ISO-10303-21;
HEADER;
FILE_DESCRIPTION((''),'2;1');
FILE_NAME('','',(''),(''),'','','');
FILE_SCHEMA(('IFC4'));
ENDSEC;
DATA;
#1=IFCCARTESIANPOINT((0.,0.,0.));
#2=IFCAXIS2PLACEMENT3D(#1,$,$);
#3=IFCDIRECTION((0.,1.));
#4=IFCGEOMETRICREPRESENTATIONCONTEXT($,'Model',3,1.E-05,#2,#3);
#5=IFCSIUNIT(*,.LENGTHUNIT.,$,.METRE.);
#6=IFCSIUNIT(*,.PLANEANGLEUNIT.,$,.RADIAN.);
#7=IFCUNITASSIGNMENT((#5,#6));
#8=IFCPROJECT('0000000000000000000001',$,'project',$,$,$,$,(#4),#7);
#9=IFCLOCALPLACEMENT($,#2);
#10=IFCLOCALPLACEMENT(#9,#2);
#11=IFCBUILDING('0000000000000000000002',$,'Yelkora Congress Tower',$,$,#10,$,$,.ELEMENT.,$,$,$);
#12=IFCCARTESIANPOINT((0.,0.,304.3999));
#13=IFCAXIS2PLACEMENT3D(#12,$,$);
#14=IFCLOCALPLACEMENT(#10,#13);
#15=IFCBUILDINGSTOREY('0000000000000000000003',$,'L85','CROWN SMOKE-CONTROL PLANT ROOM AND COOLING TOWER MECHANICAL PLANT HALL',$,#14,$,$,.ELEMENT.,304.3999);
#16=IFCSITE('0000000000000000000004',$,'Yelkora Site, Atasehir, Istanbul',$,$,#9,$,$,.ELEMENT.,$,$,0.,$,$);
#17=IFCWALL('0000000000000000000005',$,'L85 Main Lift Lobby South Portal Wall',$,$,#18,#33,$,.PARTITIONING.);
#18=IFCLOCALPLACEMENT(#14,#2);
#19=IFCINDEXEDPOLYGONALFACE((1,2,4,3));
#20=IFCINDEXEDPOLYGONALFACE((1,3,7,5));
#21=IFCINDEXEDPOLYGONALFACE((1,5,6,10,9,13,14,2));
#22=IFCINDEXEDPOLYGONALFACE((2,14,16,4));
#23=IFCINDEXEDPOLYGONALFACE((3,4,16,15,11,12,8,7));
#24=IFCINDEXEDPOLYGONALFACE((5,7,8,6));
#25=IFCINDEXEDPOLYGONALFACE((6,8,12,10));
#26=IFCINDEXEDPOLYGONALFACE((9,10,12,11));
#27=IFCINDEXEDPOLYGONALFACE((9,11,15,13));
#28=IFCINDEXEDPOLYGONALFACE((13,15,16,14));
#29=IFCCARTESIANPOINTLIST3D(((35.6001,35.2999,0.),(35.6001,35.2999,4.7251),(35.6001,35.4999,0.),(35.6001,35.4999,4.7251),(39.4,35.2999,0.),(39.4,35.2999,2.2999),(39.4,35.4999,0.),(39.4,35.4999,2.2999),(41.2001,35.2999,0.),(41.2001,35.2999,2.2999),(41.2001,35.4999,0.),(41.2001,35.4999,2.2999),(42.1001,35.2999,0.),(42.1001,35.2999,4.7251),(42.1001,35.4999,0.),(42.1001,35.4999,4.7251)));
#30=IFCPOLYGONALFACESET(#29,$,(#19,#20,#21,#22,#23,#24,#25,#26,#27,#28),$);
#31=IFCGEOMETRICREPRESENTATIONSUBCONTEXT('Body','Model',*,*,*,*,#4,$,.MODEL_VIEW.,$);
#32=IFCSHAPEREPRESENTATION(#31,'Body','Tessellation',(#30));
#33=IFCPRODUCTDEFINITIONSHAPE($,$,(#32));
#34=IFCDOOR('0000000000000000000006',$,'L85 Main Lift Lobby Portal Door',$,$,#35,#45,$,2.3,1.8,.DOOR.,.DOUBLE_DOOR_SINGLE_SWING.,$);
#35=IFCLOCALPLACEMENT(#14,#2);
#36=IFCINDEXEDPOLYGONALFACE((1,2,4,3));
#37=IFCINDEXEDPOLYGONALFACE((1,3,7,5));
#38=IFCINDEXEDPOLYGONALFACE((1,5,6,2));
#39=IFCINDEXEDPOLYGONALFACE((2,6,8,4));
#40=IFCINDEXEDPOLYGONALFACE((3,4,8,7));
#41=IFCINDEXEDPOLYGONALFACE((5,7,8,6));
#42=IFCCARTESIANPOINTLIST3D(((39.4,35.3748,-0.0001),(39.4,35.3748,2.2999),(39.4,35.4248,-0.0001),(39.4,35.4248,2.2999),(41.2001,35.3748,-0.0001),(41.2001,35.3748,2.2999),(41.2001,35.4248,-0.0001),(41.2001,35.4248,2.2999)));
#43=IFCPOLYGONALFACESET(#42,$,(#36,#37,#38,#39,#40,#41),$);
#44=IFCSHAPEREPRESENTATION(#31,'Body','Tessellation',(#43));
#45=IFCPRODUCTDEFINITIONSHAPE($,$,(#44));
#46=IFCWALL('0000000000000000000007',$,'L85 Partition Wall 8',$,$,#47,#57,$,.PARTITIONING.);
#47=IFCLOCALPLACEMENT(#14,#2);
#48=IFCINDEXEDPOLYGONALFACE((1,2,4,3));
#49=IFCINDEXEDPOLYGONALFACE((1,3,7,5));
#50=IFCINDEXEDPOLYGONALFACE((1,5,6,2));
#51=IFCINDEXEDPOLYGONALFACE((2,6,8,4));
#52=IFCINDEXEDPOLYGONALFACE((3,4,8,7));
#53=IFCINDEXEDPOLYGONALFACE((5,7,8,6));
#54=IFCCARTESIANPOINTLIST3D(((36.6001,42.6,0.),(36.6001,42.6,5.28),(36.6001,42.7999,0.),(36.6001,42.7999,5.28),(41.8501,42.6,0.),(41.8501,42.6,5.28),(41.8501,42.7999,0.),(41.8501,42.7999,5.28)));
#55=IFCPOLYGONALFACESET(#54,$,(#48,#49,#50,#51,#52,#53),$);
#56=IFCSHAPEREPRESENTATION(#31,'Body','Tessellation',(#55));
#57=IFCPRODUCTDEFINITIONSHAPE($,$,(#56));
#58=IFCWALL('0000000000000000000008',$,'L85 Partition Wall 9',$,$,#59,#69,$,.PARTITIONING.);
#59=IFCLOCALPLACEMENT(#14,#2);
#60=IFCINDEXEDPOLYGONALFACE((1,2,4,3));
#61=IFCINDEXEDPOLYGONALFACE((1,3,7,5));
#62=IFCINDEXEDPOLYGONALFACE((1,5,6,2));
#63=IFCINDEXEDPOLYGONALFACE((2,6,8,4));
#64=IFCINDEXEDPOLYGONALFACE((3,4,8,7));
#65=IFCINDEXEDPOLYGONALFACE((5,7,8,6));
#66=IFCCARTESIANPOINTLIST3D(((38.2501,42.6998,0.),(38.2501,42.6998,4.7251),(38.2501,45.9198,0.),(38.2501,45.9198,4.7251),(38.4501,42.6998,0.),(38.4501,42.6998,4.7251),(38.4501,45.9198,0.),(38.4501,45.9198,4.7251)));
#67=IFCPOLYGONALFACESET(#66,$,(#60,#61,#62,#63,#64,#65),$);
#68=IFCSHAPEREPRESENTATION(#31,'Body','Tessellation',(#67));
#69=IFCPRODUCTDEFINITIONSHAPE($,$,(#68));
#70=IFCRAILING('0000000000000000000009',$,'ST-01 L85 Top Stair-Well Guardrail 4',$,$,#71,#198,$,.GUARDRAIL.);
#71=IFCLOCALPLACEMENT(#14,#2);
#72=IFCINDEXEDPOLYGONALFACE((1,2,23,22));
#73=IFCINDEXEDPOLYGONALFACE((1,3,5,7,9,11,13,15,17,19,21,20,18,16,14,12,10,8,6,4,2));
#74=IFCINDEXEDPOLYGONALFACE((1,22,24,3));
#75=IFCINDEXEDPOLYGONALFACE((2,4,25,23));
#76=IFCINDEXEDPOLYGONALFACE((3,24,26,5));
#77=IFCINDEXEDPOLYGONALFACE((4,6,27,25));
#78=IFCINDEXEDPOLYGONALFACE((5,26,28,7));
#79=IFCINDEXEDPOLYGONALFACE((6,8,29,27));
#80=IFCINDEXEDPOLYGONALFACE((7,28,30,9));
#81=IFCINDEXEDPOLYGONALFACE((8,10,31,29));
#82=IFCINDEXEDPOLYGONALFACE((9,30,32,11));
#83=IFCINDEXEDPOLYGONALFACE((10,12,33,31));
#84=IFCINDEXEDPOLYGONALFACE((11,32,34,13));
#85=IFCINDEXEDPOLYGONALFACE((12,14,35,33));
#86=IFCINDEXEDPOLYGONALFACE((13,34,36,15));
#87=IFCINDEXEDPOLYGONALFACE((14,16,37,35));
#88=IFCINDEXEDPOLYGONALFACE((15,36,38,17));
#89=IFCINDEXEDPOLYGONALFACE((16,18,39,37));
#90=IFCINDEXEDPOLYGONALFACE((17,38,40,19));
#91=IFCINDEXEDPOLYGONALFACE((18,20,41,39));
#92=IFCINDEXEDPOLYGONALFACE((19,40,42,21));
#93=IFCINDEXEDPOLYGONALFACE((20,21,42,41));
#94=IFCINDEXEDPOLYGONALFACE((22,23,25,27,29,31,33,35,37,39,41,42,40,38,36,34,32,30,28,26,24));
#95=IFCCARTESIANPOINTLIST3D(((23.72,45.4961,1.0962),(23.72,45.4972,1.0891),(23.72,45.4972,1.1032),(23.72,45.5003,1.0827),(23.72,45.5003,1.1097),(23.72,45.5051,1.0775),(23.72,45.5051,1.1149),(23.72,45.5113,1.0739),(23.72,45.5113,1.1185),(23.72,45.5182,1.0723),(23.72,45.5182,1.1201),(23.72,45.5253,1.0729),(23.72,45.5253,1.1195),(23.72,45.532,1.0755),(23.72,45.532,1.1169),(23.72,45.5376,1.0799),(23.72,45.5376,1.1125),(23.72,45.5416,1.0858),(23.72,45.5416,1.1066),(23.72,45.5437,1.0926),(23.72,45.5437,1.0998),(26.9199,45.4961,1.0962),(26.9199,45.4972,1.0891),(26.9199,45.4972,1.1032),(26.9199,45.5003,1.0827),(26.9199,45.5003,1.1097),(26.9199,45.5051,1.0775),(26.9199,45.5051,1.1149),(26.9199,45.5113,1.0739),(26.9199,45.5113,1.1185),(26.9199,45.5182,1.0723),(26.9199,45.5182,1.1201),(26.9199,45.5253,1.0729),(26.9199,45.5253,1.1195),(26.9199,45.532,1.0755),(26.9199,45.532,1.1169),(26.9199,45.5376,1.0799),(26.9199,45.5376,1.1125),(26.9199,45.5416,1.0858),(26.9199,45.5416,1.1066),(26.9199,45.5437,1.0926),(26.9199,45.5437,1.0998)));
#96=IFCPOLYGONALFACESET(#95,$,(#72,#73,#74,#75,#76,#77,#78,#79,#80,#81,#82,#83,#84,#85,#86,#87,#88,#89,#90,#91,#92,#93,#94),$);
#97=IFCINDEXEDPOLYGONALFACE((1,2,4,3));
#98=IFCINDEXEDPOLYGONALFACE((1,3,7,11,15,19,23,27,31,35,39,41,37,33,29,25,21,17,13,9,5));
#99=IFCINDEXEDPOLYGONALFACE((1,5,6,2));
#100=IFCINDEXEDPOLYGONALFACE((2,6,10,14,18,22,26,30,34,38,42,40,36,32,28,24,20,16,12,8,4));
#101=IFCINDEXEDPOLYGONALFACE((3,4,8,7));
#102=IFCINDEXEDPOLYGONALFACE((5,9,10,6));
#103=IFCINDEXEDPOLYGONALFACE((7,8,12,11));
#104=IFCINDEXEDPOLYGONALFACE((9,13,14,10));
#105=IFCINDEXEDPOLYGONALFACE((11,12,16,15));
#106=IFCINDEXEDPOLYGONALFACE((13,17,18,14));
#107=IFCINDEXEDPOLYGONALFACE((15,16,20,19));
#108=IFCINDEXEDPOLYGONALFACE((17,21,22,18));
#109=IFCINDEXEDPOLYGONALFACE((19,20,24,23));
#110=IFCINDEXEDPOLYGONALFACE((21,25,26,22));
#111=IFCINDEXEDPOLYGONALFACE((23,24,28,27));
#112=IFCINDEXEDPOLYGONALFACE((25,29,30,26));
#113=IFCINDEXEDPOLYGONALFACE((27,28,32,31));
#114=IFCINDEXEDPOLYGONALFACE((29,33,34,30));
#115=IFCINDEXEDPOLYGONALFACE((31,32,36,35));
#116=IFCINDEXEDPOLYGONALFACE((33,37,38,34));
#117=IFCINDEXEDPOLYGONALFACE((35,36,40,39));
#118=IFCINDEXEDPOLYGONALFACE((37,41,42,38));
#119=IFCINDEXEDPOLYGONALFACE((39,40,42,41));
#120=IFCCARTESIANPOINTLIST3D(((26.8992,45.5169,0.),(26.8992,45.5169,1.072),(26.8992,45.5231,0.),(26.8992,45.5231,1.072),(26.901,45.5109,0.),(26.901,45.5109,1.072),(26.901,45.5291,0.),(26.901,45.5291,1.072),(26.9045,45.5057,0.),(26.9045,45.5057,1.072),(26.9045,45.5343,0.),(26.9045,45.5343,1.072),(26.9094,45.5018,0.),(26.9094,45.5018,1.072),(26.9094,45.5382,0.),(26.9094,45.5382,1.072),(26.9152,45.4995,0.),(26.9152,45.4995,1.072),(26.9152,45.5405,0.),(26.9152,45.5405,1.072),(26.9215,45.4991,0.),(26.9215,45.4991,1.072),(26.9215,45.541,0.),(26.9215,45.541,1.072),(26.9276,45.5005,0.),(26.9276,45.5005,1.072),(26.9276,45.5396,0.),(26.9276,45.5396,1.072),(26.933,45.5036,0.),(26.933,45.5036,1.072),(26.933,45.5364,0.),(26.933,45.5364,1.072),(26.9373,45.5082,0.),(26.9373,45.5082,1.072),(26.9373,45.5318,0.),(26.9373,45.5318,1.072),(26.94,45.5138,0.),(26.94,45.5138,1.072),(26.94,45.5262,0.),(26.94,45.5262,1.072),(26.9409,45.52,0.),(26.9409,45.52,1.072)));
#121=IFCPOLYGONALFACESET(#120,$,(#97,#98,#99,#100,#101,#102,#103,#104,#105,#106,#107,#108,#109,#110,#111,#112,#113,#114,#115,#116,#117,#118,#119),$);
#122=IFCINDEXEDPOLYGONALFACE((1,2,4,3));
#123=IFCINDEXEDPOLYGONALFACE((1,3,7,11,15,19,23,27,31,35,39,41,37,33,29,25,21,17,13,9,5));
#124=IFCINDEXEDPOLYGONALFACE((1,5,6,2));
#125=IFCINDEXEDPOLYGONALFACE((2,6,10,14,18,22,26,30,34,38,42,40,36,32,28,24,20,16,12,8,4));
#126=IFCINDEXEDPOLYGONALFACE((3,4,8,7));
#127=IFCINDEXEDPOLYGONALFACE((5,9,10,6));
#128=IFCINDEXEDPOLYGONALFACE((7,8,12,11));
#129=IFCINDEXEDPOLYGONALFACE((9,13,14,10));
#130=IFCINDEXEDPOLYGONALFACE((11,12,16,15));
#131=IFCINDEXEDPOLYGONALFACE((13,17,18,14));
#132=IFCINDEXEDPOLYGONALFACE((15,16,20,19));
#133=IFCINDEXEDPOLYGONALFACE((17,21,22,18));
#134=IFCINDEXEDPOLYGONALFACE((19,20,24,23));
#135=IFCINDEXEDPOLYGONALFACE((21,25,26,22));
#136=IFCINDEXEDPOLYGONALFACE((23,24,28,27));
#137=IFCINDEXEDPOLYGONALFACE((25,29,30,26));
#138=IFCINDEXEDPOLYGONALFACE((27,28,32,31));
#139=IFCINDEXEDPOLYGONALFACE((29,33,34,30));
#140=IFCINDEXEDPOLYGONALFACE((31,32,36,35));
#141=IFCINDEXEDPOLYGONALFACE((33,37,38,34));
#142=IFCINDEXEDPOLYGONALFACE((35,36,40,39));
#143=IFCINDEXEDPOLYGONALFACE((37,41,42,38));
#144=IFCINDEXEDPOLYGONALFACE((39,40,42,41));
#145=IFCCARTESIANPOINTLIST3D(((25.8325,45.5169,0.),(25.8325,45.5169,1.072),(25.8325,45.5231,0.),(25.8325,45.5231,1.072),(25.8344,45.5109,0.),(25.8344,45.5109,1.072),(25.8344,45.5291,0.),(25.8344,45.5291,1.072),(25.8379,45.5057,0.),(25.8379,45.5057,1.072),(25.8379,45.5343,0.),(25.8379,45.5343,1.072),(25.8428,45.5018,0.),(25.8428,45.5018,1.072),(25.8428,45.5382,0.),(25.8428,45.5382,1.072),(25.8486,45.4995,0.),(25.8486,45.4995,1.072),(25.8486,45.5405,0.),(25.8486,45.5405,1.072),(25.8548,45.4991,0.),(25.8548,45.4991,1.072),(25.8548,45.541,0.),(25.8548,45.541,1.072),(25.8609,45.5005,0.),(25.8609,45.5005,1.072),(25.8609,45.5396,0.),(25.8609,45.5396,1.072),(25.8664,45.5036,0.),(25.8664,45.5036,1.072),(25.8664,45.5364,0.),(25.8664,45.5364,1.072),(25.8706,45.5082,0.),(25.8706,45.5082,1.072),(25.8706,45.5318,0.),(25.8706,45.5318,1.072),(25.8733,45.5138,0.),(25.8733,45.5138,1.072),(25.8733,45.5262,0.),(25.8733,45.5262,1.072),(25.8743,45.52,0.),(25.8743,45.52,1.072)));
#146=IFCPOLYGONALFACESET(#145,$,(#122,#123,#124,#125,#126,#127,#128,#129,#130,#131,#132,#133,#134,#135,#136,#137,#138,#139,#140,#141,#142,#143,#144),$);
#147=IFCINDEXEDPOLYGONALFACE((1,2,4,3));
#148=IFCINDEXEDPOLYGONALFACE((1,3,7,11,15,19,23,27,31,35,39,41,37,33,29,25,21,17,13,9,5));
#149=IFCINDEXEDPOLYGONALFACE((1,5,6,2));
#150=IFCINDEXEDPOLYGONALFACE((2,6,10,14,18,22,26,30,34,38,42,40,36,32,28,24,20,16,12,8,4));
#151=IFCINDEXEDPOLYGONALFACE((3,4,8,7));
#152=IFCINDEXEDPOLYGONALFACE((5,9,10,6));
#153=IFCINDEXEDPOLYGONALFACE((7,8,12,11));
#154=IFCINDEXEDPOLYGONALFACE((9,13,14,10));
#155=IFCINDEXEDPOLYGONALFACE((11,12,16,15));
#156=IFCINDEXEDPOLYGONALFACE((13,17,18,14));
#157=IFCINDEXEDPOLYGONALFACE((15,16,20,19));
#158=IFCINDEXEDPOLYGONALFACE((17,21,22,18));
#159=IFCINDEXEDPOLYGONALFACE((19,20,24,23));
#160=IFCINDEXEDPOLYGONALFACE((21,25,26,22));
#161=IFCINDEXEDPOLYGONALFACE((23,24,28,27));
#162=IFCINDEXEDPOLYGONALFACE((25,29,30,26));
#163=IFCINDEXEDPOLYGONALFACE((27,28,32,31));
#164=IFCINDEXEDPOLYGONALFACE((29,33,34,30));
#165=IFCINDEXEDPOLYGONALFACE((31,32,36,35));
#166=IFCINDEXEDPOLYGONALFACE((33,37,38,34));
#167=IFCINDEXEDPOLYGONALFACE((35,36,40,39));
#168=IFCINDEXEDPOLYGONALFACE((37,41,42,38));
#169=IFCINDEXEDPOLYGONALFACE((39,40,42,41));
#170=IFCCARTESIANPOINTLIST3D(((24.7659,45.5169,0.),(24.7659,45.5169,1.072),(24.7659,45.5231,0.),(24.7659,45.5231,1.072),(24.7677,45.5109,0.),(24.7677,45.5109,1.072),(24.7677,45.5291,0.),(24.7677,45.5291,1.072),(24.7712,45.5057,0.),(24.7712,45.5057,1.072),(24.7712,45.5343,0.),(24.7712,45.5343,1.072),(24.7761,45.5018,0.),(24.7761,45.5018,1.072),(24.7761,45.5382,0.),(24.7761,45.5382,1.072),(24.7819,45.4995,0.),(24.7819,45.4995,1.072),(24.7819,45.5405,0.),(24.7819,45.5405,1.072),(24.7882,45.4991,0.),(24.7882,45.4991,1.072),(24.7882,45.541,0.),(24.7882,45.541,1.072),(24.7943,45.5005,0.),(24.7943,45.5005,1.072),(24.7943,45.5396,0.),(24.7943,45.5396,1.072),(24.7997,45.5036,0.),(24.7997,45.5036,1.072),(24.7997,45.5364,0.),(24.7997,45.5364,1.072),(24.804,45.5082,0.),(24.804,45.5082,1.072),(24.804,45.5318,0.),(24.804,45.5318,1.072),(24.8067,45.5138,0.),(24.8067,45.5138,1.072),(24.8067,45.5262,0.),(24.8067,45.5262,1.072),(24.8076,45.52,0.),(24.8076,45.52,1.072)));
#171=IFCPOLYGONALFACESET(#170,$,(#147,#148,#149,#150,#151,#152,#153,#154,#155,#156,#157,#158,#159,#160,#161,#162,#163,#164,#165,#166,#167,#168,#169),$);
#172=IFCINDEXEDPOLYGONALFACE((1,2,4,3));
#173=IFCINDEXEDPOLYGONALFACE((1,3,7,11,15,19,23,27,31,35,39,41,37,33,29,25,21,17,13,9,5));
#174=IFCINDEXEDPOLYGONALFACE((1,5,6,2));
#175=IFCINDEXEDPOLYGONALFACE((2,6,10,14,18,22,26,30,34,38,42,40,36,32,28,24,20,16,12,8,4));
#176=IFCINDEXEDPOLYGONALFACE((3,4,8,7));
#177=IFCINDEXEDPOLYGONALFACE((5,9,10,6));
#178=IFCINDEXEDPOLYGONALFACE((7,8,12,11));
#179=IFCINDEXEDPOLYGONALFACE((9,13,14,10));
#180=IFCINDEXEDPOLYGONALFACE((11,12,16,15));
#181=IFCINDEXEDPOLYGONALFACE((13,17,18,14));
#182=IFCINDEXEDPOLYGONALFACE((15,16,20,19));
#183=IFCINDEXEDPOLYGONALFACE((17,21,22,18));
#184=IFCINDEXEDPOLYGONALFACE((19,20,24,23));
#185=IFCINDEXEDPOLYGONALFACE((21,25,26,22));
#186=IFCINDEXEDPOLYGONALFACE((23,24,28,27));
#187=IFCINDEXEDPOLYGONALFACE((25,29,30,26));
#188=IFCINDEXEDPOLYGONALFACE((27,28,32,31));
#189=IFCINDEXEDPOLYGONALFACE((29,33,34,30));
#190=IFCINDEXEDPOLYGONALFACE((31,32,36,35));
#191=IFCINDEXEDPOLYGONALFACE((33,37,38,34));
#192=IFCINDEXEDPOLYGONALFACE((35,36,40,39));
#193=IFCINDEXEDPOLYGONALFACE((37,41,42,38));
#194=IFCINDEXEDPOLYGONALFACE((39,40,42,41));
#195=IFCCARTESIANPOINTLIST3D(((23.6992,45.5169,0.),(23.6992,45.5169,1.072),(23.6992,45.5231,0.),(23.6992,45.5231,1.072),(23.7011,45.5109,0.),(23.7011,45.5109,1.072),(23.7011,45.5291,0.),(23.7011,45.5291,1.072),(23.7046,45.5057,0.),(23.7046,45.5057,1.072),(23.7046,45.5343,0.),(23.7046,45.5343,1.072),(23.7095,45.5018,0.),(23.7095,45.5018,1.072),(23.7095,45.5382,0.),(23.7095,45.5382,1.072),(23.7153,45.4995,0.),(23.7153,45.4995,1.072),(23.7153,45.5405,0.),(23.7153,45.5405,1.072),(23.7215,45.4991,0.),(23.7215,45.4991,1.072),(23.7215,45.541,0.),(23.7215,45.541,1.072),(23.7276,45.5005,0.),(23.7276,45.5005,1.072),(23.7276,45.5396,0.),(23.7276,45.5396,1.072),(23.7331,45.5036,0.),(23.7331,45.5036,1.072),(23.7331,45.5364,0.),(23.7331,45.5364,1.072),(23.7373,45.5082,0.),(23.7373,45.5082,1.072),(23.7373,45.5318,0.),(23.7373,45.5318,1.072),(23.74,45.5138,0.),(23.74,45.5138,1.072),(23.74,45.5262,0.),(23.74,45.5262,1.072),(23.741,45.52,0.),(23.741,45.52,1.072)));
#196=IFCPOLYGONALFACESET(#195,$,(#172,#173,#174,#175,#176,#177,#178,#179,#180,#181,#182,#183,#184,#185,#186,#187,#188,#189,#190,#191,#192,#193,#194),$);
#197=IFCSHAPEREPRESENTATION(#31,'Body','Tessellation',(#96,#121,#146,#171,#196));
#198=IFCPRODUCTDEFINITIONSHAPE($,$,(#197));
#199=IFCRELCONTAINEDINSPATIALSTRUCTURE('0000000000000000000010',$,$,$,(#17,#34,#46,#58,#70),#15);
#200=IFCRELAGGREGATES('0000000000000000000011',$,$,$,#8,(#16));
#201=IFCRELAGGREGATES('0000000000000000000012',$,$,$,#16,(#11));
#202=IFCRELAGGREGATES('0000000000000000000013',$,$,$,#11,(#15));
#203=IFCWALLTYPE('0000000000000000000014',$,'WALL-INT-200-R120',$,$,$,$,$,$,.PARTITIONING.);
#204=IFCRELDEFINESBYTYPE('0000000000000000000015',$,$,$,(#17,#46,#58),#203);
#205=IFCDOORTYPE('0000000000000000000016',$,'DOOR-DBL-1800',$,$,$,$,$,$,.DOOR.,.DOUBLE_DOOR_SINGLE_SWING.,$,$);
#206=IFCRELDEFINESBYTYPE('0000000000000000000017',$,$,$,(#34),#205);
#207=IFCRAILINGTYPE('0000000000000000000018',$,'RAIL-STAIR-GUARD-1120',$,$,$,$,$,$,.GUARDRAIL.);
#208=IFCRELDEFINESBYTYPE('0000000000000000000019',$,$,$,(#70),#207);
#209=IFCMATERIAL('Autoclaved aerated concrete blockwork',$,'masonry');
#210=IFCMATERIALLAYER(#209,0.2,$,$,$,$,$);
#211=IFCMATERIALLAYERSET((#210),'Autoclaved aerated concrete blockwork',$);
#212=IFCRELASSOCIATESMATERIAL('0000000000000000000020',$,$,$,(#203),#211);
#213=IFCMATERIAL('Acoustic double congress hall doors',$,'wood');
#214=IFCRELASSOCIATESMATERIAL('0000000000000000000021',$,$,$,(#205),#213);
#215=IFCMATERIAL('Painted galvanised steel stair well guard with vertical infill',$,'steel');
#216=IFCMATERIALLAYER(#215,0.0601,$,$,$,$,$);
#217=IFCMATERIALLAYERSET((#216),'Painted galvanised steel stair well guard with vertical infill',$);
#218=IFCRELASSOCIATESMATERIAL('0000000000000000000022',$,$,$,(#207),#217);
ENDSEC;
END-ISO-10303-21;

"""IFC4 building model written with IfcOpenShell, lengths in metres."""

from ifc_helpers import new_model, si_unit, direction, frame, frame_2d, origin, origin_2d, place, context, subcontext, project, spatial, rectangle, circle, extrude, material, layer, layer_set, type_object, element, fill, save


model = new_model("IFC4")

# Units and contexts
model_context = context("Model", 3, precision=1e-05, world=origin(), true_north=direction((0.0, 1.0)))
body_context = subcontext(model_context, "Body", "Model", "MODEL_VIEW")
ifc_project = project(units=[si_unit("LENGTHUNIT", "METRE"), si_unit("PLANEANGLEUNIT", "RADIAN")], contexts=[model_context])

# Site, building, storey
site_placement = place(None, origin())
site = spatial("IfcSite", under=ifc_project, at=site_placement, Name="Yelkora Site, Atasehir, Istanbul", CompositionType="ELEMENT", RefElevation=0.0)
building_placement = place(site_placement, origin())
building = spatial("IfcBuilding", under=site, at=building_placement, Name="Yelkora Congress Tower", CompositionType="ELEMENT")
storey_placement = place(building_placement, frame((0.0, 0.0, 304.3999)))
storey = spatial("IfcBuildingStorey", under=building, at=storey_placement, Name="L85", Description="CROWN SMOKE-CONTROL PLANT ROOM AND COOLING TOWER MECHANICAL PLANT HALL", CompositionType="ELEMENT", Elevation=304.3999)

# Shared definitions
ifc_material_1 = material(Name="Autoclaved aerated concrete blockwork", Category="masonry")
ifc_layer_1 = layer(ifc_material_1, 0.2)
ifc_layer_set_1 = layer_set([ifc_layer_1], Name="Autoclaved aerated concrete blockwork")
wall_type_1 = type_object("IfcWallType", Name="WALL-INT-200-R120", PredefinedType="PARTITIONING", material=ifc_layer_set_1)

# Wall, opening, door
wall_1_placement = place(storey_placement, frame((35.6001, 35.3999, 0.0), z_axis=(0.0, 0.0, 1.0), x_axis=(1.0, 0.0, 0.0)))
wall_1 = element("IfcWall", 1, at=wall_1_placement, inside=storey, type_object=wall_type_1, Name="L85 Main Lift Lobby South Portal Wall", PredefinedType="PARTITIONING", context=body_context, shape_type="SweptSolid", body=[
    extrude(rectangle(XDim=6.5, YDim=0.2, at=frame_2d((3.25, 0.0))), origin(), (0.0, 0.0, 1.0), 4.7251),
])
opening_1_placement = place(wall_1_placement, frame((3.8, 0.0, 0.0)))
opening_1 = element("IfcOpeningElement", 2, at=opening_1_placement, cuts=wall_1, PredefinedType="OPENING", context=body_context, shape_type="SweptSolid", body=[
    extrude(rectangle(XDim=1.8, YDim=2.3, at=frame_2d((0.8999, 1.1499))), frame((0.0, 0.1099, 0.0), z_axis=(0.0, -1.0, 0.0), x_axis=(1.0, 0.0, 0.0)), (0.0, 0.0, 1.0), 0.22),
])
ifc_material_2 = material(Name="Acoustic double congress hall doors", Category="wood")
door_type_1 = type_object("IfcDoorType", Name="DOOR-DBL-1800", OperationType="DOUBLE_DOOR_SINGLE_SWING", PredefinedType="DOOR", material=ifc_material_2)
door_1_placement = place(opening_1_placement, origin())
door_1 = element("IfcDoor", 3, at=door_1_placement, inside=storey, type_object=door_type_1, Name="L85 Main Lift Lobby Portal Door", OperationType="DOUBLE_DOOR_SINGLE_SWING", OverallHeight=2.3, OverallWidth=1.8, PredefinedType="DOOR", context=body_context, shape_type="SweptSolid", body=[
    extrude(rectangle(XDim=1.8, YDim=2.3, at=frame_2d((0.8999, 1.1499))), frame((0.0, 0.0249, 0.0), z_axis=(0.0, -1.0, 0.0), x_axis=(1.0, 0.0, 0.0)), (0.0, 0.0, 1.0), 0.05),
])
fill(opening_1, door_1)

# Walls
wall_2_placement = place(storey_placement, frame((36.6001, 42.7, 0.0), z_axis=(0.0, 0.0, 1.0), x_axis=(1.0, 0.0, 0.0)))
element("IfcWall", 4, at=wall_2_placement, inside=storey, type_object=wall_type_1, Name="L85 Partition Wall 8", PredefinedType="PARTITIONING", context=body_context, shape_type="SweptSolid", body=[
    extrude(rectangle(XDim=5.25, YDim=0.2, at=frame_2d((2.625, 0.0))), origin(), (0.0, 0.0, 1.0), 5.28),
])
wall_3_placement = place(storey_placement, frame((38.3501, 42.7, 0.0), z_axis=(0.0, 0.0, 1.0), x_axis=(0.0, 1.0, 0.0)))
element("IfcWall", 5, at=wall_3_placement, inside=storey, type_object=wall_type_1, Name="L85 Partition Wall 9", PredefinedType="PARTITIONING", context=body_context, shape_type="SweptSolid", body=[
    extrude(rectangle(XDim=3.22, YDim=0.2, at=frame_2d((1.6099, 0.0))), origin(), (0.0, 0.0, 1.0), 4.7251),
])

# Railing
ifc_material_3 = material(Name="Painted galvanised steel stair well guard with vertical infill", Category="steel")
ifc_layer_2 = layer(ifc_material_3, 0.0601)
ifc_layer_set_2 = layer_set([ifc_layer_2], Name="Painted galvanised steel stair well guard with vertical infill")
railing_type_1 = type_object("IfcRailingType", Name="RAIL-STAIR-GUARD-1120", PredefinedType="GUARDRAIL", material=ifc_layer_set_2)
railing_1_placement = place(storey_placement, frame((26.9199, 45.52, 0.0)))
element("IfcRailing", 6, at=railing_1_placement, inside=storey, type_object=railing_type_1, Name="ST-01 L85 Top Stair-Well Guardrail 4", PredefinedType="GUARDRAIL", context=body_context, shape_type="SweptSolid", body=[
    extrude(circle(Radius=0.0239, at=origin_2d()), frame((0.0, 0.0, 1.0962), z_axis=(-1.0, 0.0, 0.0), x_axis=(0.0, -1.0, 0.0)), (0.0, 0.0, 1.0), 3.2),
    extrude(circle(Radius=0.021, at=origin_2d()), origin(), (0.0, 0.0, 1.0), 1.072),
    extrude(circle(Radius=0.021, at=origin_2d()), frame((-1.0667, 0.0, 0.0)), (0.0, 0.0, 1.0), 1.072),
    extrude(circle(Radius=0.021, at=origin_2d()), frame((-2.1333, 0.0, 0.0)), (0.0, 0.0, 1.0), 1.072),
    extrude(circle(Radius=0.021, at=origin_2d()), frame((-3.2, 0.0, 0.0)), (0.0, 0.0, 1.0), 1.072),
])

save(model, "model.ifc")
